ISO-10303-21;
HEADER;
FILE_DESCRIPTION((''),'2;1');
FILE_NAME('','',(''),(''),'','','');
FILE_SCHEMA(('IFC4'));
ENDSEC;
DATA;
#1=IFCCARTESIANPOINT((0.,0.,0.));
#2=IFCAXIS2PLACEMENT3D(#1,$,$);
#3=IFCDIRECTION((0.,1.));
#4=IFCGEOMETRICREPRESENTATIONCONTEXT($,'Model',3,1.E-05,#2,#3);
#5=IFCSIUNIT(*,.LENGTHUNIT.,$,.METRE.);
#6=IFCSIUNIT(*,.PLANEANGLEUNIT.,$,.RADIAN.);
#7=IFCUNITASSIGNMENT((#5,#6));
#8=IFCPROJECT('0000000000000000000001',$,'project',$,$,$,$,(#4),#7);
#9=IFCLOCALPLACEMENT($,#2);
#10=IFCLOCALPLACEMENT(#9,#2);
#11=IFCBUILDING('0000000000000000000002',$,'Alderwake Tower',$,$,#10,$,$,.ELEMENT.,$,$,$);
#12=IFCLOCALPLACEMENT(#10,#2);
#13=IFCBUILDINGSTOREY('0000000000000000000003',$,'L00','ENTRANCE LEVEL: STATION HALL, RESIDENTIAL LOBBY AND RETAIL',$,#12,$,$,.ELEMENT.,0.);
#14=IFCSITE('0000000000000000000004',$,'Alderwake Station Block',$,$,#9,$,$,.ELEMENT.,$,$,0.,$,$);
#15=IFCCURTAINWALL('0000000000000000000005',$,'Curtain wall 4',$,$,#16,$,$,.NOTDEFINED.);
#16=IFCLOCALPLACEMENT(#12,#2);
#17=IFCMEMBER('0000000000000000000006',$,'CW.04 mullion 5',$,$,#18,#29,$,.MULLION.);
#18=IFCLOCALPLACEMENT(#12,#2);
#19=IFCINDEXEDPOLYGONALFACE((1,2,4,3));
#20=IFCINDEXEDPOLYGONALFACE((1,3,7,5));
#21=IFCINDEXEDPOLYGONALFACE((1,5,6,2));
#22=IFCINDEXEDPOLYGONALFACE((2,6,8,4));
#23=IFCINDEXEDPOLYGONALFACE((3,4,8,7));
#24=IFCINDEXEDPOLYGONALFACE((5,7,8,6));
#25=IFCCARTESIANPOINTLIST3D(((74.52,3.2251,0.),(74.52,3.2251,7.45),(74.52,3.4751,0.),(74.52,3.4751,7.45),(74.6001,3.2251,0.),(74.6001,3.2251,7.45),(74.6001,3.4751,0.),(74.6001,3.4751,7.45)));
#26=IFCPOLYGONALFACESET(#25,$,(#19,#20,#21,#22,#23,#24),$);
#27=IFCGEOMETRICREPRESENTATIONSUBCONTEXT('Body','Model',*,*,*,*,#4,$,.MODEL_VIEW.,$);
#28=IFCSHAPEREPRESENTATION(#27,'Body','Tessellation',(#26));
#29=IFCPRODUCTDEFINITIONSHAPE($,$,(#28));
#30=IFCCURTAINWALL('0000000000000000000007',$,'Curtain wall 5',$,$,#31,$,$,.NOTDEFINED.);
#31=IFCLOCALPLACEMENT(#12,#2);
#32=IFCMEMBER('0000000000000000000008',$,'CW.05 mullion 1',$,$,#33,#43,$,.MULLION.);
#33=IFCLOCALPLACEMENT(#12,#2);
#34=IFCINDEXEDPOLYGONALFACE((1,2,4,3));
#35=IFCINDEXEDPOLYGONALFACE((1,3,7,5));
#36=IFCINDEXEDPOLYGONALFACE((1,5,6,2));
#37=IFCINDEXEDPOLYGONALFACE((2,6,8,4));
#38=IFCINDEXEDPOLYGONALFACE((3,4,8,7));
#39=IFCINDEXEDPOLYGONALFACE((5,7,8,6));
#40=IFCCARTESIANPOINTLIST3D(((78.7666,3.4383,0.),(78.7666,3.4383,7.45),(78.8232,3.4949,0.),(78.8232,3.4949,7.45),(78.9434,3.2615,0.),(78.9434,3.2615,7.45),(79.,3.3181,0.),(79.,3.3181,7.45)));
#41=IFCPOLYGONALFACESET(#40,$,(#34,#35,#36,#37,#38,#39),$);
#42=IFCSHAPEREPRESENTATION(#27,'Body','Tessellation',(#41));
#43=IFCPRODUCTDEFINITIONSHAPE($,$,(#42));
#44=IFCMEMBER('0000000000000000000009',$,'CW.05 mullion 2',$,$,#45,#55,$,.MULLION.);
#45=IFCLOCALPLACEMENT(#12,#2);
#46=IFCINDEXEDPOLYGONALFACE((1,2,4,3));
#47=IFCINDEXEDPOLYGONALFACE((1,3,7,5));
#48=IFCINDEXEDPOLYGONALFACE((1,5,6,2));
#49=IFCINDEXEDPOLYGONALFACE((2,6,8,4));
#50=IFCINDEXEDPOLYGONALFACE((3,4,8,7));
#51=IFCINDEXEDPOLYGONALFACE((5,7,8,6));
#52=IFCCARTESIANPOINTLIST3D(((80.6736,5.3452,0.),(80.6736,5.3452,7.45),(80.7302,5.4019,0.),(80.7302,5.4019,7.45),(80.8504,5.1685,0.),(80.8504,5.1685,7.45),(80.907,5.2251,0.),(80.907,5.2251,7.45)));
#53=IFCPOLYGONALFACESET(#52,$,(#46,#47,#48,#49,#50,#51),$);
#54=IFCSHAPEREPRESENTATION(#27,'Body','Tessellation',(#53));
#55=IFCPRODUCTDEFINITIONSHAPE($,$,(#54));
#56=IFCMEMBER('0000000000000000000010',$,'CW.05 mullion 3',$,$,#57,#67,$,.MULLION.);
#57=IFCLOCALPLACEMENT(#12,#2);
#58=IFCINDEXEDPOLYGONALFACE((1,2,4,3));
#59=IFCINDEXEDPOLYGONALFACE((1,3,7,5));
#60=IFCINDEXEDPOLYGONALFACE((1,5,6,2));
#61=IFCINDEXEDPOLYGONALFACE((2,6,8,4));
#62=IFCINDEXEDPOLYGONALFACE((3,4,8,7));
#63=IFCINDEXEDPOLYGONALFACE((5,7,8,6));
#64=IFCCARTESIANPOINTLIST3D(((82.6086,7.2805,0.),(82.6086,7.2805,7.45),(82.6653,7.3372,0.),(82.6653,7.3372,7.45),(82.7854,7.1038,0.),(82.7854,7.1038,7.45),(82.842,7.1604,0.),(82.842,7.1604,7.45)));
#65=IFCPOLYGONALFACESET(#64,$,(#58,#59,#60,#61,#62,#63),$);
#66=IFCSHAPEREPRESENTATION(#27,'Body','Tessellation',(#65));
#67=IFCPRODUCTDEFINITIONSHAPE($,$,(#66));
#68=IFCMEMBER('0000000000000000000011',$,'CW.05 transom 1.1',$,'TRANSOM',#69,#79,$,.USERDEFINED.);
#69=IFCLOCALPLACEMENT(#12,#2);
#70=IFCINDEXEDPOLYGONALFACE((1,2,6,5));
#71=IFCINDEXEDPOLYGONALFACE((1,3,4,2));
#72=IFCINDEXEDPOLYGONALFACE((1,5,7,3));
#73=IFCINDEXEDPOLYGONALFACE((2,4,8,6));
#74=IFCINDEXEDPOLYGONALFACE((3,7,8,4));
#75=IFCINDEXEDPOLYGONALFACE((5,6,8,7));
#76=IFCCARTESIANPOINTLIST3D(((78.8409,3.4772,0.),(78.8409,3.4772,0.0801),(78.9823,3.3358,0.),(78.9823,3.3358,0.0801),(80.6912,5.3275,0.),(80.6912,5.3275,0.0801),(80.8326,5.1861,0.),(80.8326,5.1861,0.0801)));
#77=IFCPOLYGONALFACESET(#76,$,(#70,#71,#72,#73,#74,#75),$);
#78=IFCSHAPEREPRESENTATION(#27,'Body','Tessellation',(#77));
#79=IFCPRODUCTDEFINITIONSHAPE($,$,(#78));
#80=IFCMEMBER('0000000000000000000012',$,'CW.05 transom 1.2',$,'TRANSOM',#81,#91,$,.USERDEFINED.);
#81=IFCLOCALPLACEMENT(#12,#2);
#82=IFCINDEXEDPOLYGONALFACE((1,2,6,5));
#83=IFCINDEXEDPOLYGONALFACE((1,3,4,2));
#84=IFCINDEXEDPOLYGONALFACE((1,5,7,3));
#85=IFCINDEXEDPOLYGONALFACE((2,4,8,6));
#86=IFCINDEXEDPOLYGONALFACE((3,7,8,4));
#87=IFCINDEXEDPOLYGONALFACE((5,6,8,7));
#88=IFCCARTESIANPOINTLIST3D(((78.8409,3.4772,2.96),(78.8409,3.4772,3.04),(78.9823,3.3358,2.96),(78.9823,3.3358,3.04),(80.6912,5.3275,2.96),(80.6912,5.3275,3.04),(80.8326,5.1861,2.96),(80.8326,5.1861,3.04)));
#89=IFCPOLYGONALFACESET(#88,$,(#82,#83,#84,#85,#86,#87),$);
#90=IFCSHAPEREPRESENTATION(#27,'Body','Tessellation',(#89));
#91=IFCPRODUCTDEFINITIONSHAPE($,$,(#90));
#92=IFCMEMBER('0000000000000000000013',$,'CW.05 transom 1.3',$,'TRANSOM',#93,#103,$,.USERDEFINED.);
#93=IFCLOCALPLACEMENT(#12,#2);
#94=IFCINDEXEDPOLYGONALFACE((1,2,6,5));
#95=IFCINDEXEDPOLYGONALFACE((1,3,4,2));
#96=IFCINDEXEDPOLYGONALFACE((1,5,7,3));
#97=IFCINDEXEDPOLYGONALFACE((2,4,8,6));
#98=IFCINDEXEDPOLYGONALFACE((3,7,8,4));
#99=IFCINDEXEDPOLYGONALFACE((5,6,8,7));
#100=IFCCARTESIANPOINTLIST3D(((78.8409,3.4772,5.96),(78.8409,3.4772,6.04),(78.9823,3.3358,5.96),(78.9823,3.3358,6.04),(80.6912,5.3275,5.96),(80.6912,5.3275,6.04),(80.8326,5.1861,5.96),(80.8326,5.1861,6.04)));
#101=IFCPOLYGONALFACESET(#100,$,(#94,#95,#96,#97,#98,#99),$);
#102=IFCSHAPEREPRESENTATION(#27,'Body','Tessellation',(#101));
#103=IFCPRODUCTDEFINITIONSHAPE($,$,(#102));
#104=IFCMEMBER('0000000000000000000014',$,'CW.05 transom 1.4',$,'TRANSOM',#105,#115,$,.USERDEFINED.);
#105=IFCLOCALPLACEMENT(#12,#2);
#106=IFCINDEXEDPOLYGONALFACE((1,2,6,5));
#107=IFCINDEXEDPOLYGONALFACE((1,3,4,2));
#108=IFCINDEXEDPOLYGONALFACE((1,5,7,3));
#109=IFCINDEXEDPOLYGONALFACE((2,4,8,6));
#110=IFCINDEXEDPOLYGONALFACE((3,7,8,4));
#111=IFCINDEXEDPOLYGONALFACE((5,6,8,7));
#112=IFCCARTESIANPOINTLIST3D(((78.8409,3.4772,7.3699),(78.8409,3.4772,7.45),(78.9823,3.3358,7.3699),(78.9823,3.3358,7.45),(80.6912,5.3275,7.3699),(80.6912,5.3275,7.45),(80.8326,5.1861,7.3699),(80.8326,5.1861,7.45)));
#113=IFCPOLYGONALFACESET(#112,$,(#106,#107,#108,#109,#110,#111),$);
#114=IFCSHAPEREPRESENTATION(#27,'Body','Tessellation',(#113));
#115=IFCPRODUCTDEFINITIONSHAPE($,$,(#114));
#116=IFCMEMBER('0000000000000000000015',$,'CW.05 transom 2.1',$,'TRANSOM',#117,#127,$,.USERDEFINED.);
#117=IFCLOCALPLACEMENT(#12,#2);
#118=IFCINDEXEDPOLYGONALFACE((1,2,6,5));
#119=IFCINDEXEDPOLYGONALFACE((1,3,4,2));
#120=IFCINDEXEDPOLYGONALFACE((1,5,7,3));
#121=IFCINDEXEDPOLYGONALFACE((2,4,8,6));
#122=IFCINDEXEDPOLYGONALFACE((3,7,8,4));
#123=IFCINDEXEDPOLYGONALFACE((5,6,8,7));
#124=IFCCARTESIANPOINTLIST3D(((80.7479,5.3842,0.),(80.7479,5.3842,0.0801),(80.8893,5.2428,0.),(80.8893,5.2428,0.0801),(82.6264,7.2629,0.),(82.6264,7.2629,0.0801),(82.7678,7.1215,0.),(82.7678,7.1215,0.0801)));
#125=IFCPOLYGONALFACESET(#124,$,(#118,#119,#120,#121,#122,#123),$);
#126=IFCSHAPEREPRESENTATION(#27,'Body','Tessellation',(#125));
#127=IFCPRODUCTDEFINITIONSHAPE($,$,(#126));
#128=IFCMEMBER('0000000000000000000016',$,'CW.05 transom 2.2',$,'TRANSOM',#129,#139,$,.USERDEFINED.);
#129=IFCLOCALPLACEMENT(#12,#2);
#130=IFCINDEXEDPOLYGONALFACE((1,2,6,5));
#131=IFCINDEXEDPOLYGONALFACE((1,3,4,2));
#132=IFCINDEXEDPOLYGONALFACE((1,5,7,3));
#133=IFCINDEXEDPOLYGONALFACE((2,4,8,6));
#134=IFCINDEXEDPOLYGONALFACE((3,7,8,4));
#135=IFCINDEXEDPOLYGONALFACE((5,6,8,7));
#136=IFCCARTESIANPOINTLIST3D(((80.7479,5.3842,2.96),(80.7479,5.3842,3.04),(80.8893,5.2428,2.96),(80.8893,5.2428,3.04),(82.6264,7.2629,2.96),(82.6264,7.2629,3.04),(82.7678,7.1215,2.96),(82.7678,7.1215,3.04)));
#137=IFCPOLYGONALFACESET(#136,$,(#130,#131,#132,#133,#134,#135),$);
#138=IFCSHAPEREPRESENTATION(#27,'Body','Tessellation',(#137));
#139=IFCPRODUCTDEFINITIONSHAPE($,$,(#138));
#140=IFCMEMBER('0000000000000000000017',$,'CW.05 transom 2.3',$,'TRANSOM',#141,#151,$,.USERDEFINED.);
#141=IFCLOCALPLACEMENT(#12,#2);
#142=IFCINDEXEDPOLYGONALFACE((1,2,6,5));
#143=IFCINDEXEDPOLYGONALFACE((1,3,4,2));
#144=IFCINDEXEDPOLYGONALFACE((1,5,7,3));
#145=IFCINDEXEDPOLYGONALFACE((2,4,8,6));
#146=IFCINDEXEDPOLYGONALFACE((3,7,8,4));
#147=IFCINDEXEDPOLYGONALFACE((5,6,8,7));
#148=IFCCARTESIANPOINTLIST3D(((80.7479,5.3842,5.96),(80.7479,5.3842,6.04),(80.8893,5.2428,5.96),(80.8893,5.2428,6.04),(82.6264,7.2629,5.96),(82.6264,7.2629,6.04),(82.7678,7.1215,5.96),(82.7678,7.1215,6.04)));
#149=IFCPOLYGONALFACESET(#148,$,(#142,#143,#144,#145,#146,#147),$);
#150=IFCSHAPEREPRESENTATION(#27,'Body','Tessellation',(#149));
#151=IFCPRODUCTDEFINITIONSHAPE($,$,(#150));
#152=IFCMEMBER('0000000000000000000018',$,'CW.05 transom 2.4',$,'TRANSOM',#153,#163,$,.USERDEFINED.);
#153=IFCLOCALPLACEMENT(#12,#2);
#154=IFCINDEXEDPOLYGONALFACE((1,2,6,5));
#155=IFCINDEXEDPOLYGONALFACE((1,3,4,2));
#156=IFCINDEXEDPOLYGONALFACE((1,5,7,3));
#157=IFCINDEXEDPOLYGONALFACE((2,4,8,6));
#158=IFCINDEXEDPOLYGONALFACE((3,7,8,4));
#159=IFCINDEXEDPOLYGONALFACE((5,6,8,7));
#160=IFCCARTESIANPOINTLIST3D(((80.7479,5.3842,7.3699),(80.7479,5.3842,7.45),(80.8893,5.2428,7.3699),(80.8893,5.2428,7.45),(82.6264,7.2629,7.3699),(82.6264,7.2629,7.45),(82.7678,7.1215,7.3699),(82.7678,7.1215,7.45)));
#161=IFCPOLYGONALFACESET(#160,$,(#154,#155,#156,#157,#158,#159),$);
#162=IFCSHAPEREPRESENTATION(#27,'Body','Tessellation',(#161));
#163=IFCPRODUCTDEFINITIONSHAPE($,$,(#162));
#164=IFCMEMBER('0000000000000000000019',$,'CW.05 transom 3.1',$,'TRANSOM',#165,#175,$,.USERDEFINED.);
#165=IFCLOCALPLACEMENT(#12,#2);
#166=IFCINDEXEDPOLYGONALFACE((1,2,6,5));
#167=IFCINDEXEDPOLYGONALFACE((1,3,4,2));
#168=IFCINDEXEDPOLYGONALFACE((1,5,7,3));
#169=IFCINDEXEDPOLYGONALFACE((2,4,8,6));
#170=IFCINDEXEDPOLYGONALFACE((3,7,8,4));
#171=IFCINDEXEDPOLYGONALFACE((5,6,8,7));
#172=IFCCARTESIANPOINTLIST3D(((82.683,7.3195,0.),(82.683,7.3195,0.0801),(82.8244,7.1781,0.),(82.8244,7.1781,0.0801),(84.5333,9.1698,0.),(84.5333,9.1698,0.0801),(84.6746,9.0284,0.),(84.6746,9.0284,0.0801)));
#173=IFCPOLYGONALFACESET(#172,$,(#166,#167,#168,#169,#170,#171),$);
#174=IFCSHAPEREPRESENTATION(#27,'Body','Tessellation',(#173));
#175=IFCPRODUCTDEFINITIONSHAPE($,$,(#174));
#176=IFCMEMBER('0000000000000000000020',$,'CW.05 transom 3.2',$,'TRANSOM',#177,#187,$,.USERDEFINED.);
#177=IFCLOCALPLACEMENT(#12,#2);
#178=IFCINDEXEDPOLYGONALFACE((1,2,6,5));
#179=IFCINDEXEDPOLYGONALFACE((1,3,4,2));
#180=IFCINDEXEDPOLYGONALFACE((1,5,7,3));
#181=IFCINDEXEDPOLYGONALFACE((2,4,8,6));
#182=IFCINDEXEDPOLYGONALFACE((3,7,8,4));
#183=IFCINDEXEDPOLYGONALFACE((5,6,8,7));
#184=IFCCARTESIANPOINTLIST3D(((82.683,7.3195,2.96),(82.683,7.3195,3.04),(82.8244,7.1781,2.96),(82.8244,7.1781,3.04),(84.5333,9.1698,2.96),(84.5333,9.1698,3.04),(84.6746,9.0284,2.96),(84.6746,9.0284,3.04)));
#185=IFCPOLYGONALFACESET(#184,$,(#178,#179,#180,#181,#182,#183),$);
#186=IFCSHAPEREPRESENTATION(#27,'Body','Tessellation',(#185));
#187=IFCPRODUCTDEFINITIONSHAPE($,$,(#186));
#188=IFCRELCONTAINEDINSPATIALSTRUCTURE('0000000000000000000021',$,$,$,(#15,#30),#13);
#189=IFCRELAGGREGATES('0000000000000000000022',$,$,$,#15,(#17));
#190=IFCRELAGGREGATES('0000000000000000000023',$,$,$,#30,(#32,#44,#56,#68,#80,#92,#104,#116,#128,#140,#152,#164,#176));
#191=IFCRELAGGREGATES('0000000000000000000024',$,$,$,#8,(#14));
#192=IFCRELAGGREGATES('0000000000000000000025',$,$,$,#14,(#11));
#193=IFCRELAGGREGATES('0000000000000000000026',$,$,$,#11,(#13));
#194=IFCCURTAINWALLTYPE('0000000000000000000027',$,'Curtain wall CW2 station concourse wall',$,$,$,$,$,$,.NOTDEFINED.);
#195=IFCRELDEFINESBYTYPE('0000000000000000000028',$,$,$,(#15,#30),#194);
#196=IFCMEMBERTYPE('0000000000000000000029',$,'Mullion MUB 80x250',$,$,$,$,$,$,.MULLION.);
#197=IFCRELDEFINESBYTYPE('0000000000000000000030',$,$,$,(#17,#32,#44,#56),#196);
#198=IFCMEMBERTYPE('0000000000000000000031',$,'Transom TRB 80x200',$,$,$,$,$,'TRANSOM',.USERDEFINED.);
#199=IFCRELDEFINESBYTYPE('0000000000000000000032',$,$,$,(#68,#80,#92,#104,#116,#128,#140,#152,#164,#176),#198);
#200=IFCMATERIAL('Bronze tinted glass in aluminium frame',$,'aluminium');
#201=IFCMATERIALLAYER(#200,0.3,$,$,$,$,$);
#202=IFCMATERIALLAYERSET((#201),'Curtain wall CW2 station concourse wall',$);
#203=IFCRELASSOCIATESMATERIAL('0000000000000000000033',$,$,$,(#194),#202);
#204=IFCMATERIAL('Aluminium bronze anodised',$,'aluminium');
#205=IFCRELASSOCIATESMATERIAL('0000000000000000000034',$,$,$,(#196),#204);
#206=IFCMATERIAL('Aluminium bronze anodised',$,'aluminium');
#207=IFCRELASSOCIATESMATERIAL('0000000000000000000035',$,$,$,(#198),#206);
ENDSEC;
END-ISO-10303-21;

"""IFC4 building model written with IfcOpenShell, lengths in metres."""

from ifc_helpers import new_model, si_unit, direction, frame, origin, origin_2d, place, context, subcontext, project, spatial, rectangle, extrude, material, layer, layer_set, material_profile, profile_set, type_object, element, aggregate, save


model = new_model("IFC4")

# Units and contexts
model_context = context("Model", 3, precision=1e-05, world=origin(), true_north=direction((0.0, 1.0)))
body_context = subcontext(model_context, "Body", "Model", "MODEL_VIEW")
ifc_project = project(units=[si_unit("LENGTHUNIT", "METRE"), si_unit("PLANEANGLEUNIT", "RADIAN")], contexts=[model_context])

# Site, building, storey
site_placement = place(None, origin())
site = spatial("IfcSite", under=ifc_project, at=site_placement, Name="Alderwake Station Block", CompositionType="ELEMENT", RefElevation=0.0)
building_placement = place(site_placement, origin())
building = spatial("IfcBuilding", under=site, at=building_placement, Name="Alderwake Tower", CompositionType="ELEMENT")
storey_placement = place(building_placement, origin())
storey = spatial("IfcBuildingStorey", under=building, at=storey_placement, Name="L00", Description="ENTRANCE LEVEL: STATION HALL, RESIDENTIAL LOBBY AND RETAIL", CompositionType="ELEMENT", Elevation=0.0)

# Curtain wall, member
ifc_material_1 = material(Name="Bronze tinted glass in aluminium frame", Category="aluminium")
ifc_layer_1 = layer(ifc_material_1, 0.3)
ifc_layer_set_1 = layer_set([ifc_layer_1], Name="Curtain wall CW2 station concourse wall")
curtain_wall_type = type_object("IfcCurtainWallType", Name="Curtain wall CW2 station concourse wall", PredefinedType="NOTDEFINED", material=ifc_layer_set_1)
curtain_wall_1_placement = place(storey_placement, origin())
curtain_wall_1 = element("IfcCurtainWall", 1, at=curtain_wall_1_placement, inside=storey, type_object=curtain_wall_type, Name="Curtain wall 4", PredefinedType="NOTDEFINED")
ifc_material_2 = material(Name="Aluminium bronze anodised", Category="aluminium")
ifc_material_profile_1 = material_profile(ifc_material_2, rectangle(XDim=0.25, YDim=0.0801, at=origin_2d()), Name="Mullion MUB 80x250")
ifc_profile_set_1 = profile_set([ifc_material_profile_1], Name="Aluminium bronze anodised")
member_type_1 = type_object("IfcMemberType", Name="Mullion MUB 80x250", PredefinedType="MULLION", material=ifc_profile_set_1)
member_1_placement = place(storey_placement, frame((74.5601, 3.3501, 0.0), z_axis=(0.0, 0.0, 1.0), x_axis=(0.0, 1.0, 0.0)))
member_1 = element("IfcMember", 2, at=member_1_placement, type_object=member_type_1, Name="CW.04 mullion 5", PredefinedType="MULLION", context=body_context, shape_type="SweptSolid", body=[
    extrude(rectangle(XDim=0.25, YDim=0.0801, at=origin_2d()), origin(), (0.0, 0.0, 1.0), 7.45),
])

# Curtain wall, members
curtain_wall_2_placement = place(storey_placement, origin())
curtain_wall_2 = element("IfcCurtainWall", 3, at=curtain_wall_2_placement, inside=storey, type_object=curtain_wall_type, Name="Curtain wall 5", PredefinedType="NOTDEFINED")
member_2_placement = place(storey_placement, frame((78.8833, 3.3782, 0.0), z_axis=(0.0, 0.0, 1.0), x_axis=(-0.707107, 0.707107, 0.0)))
member_2 = element("IfcMember", 4, at=member_2_placement, type_object=member_type_1, Name="CW.05 mullion 1", PredefinedType="MULLION", context=body_context, shape_type="SweptSolid", body=[
    extrude(rectangle(XDim=0.25, YDim=0.0801, at=origin_2d()), origin(), (0.0, 0.0, 1.0), 7.45),
])
member_3_placement = place(storey_placement, frame((80.7903, 5.2852, 0.0), z_axis=(0.0, 0.0, 1.0), x_axis=(-0.707107, 0.707107, 0.0)))
member_3 = element("IfcMember", 5, at=member_3_placement, type_object=member_type_1, Name="CW.05 mullion 2", PredefinedType="MULLION", context=body_context, shape_type="SweptSolid", body=[
    extrude(rectangle(XDim=0.25, YDim=0.0801, at=origin_2d()), origin(), (0.0, 0.0, 1.0), 7.45),
])
member_4_placement = place(storey_placement, frame((82.7253, 7.2205, 0.0), z_axis=(0.0, 0.0, 1.0), x_axis=(-0.707107, 0.707107, 0.0)))
member_4 = element("IfcMember", 6, at=member_4_placement, type_object=member_type_1, Name="CW.05 mullion 3", PredefinedType="MULLION", context=body_context, shape_type="SweptSolid", body=[
    extrude(rectangle(XDim=0.25, YDim=0.0801, at=origin_2d()), origin(), (0.0, 0.0, 1.0), 7.45),
])
ifc_material_3 = material(Name="Aluminium bronze anodised", Category="aluminium")
ifc_material_profile_2 = material_profile(ifc_material_3, rectangle(XDim=0.2, YDim=0.0801, at=origin_2d()), Name="Transom TRB 80x200")
ifc_profile_set_2 = profile_set([ifc_material_profile_2], Name="Aluminium bronze anodised")
member_type_2 = type_object("IfcMemberType", Name="Transom TRB 80x200", ElementType="TRANSOM", PredefinedType="USERDEFINED", material=ifc_profile_set_2)
member_5_placement = place(storey_placement, frame((78.9116, 3.4065, 0.04), z_axis=(0.707107, 0.707107, 0.0), x_axis=(-0.707107, 0.707107, 0.0)))
member_5 = element("IfcMember", 7, at=member_5_placement, type_object=member_type_2, Name="CW.05 transom 1.1", ObjectType="TRANSOM", PredefinedType="USERDEFINED", context=body_context, shape_type="SweptSolid", body=[
    extrude(rectangle(XDim=0.2, YDim=0.0801, at=origin_2d()), origin(), (0.0, 0.0, 1.0), 2.6167),
])
member_6_placement = place(storey_placement, frame((78.9116, 3.4065, 3.0), z_axis=(0.707107, 0.707107, 0.0), x_axis=(-0.707107, 0.707107, 0.0)))
member_6 = element("IfcMember", 8, at=member_6_placement, type_object=member_type_2, Name="CW.05 transom 1.2", ObjectType="TRANSOM", PredefinedType="USERDEFINED", context=body_context, shape_type="SweptSolid", body=[
    extrude(rectangle(XDim=0.2, YDim=0.0801, at=origin_2d()), origin(), (0.0, 0.0, 1.0), 2.6167),
])
member_7_placement = place(storey_placement, frame((78.9116, 3.4065, 6.0), z_axis=(0.707107, 0.707107, 0.0), x_axis=(-0.707107, 0.707107, 0.0)))
member_7 = element("IfcMember", 9, at=member_7_placement, type_object=member_type_2, Name="CW.05 transom 1.3", ObjectType="TRANSOM", PredefinedType="USERDEFINED", context=body_context, shape_type="SweptSolid", body=[
    extrude(rectangle(XDim=0.2, YDim=0.0801, at=origin_2d()), origin(), (0.0, 0.0, 1.0), 2.6167),
])
member_8_placement = place(storey_placement, frame((78.9116, 3.4065, 7.4099), z_axis=(0.707107, 0.707107, 0.0), x_axis=(-0.707107, 0.707107, 0.0)))
member_8 = element("IfcMember", 10, at=member_8_placement, type_object=member_type_2, Name="CW.05 transom 1.4", ObjectType="TRANSOM", PredefinedType="USERDEFINED", context=body_context, shape_type="SweptSolid", body=[
    extrude(rectangle(XDim=0.2, YDim=0.0801, at=origin_2d()), origin(), (0.0, 0.0, 1.0), 2.6167),
])
member_9_placement = place(storey_placement, frame((80.8186, 5.3135, 0.04), z_axis=(0.707061, 0.707153, 0.0), x_axis=(-0.707153, 0.707061, 0.0)))
member_9 = element("IfcMember", 11, at=member_9_placement, type_object=member_type_2, Name="CW.05 transom 2.1", ObjectType="TRANSOM", PredefinedType="USERDEFINED", context=body_context, shape_type="SweptSolid", body=[
    extrude(rectangle(XDim=0.2, YDim=0.0801, at=origin_2d()), origin(), (0.0, 0.0, 1.0), 2.6567),
])
member_10_placement = place(storey_placement, frame((80.8186, 5.3135, 3.0), z_axis=(0.707061, 0.707153, 0.0), x_axis=(-0.707153, 0.707061, 0.0)))
member_10 = element("IfcMember", 12, at=member_10_placement, type_object=member_type_2, Name="CW.05 transom 2.2", ObjectType="TRANSOM", PredefinedType="USERDEFINED", context=body_context, shape_type="SweptSolid", body=[
    extrude(rectangle(XDim=0.2, YDim=0.0801, at=origin_2d()), origin(), (0.0, 0.0, 1.0), 2.6567),
])
member_11_placement = place(storey_placement, frame((80.8186, 5.3135, 6.0), z_axis=(0.707061, 0.707153, 0.0), x_axis=(-0.707153, 0.707061, 0.0)))
member_11 = element("IfcMember", 13, at=member_11_placement, type_object=member_type_2, Name="CW.05 transom 2.3", ObjectType="TRANSOM", PredefinedType="USERDEFINED", context=body_context, shape_type="SweptSolid", body=[
    extrude(rectangle(XDim=0.2, YDim=0.0801, at=origin_2d()), origin(), (0.0, 0.0, 1.0), 2.6567),
])
member_12_placement = place(storey_placement, frame((80.8186, 5.3135, 7.4099), z_axis=(0.707061, 0.707153, 0.0), x_axis=(-0.707153, 0.707061, 0.0)))
member_12 = element("IfcMember", 14, at=member_12_placement, type_object=member_type_2, Name="CW.05 transom 2.4", ObjectType="TRANSOM", PredefinedType="USERDEFINED", context=body_context, shape_type="SweptSolid", body=[
    extrude(rectangle(XDim=0.2, YDim=0.0801, at=origin_2d()), origin(), (0.0, 0.0, 1.0), 2.6567),
])
member_13_placement = place(storey_placement, frame((82.7537, 7.2488, 0.04), z_axis=(0.707107, 0.707107, 0.0), x_axis=(-0.707107, 0.707107, 0.0)))
member_13 = element("IfcMember", 15, at=member_13_placement, type_object=member_type_2, Name="CW.05 transom 3.1", ObjectType="TRANSOM", PredefinedType="USERDEFINED", context=body_context, shape_type="SweptSolid", body=[
    extrude(rectangle(XDim=0.2, YDim=0.0801, at=origin_2d()), origin(), (0.0, 0.0, 1.0), 2.6167),
])
member_14_placement = place(storey_placement, frame((82.7537, 7.2488, 3.0), z_axis=(0.707107, 0.707107, 0.0), x_axis=(-0.707107, 0.707107, 0.0)))
member_14 = element("IfcMember", 16, at=member_14_placement, type_object=member_type_2, Name="CW.05 transom 3.2", ObjectType="TRANSOM", PredefinedType="USERDEFINED", context=body_context, shape_type="SweptSolid", body=[
    extrude(rectangle(XDim=0.2, YDim=0.0801, at=origin_2d()), origin(), (0.0, 0.0, 1.0), 2.6167),
])

aggregate(curtain_wall_1, [member_1])
aggregate(curtain_wall_2, [member_2, member_3, member_4, member_5, member_6, member_7, member_8, member_9, member_10, member_11, member_12, member_13, member_14])

save(model, "model.ifc")
